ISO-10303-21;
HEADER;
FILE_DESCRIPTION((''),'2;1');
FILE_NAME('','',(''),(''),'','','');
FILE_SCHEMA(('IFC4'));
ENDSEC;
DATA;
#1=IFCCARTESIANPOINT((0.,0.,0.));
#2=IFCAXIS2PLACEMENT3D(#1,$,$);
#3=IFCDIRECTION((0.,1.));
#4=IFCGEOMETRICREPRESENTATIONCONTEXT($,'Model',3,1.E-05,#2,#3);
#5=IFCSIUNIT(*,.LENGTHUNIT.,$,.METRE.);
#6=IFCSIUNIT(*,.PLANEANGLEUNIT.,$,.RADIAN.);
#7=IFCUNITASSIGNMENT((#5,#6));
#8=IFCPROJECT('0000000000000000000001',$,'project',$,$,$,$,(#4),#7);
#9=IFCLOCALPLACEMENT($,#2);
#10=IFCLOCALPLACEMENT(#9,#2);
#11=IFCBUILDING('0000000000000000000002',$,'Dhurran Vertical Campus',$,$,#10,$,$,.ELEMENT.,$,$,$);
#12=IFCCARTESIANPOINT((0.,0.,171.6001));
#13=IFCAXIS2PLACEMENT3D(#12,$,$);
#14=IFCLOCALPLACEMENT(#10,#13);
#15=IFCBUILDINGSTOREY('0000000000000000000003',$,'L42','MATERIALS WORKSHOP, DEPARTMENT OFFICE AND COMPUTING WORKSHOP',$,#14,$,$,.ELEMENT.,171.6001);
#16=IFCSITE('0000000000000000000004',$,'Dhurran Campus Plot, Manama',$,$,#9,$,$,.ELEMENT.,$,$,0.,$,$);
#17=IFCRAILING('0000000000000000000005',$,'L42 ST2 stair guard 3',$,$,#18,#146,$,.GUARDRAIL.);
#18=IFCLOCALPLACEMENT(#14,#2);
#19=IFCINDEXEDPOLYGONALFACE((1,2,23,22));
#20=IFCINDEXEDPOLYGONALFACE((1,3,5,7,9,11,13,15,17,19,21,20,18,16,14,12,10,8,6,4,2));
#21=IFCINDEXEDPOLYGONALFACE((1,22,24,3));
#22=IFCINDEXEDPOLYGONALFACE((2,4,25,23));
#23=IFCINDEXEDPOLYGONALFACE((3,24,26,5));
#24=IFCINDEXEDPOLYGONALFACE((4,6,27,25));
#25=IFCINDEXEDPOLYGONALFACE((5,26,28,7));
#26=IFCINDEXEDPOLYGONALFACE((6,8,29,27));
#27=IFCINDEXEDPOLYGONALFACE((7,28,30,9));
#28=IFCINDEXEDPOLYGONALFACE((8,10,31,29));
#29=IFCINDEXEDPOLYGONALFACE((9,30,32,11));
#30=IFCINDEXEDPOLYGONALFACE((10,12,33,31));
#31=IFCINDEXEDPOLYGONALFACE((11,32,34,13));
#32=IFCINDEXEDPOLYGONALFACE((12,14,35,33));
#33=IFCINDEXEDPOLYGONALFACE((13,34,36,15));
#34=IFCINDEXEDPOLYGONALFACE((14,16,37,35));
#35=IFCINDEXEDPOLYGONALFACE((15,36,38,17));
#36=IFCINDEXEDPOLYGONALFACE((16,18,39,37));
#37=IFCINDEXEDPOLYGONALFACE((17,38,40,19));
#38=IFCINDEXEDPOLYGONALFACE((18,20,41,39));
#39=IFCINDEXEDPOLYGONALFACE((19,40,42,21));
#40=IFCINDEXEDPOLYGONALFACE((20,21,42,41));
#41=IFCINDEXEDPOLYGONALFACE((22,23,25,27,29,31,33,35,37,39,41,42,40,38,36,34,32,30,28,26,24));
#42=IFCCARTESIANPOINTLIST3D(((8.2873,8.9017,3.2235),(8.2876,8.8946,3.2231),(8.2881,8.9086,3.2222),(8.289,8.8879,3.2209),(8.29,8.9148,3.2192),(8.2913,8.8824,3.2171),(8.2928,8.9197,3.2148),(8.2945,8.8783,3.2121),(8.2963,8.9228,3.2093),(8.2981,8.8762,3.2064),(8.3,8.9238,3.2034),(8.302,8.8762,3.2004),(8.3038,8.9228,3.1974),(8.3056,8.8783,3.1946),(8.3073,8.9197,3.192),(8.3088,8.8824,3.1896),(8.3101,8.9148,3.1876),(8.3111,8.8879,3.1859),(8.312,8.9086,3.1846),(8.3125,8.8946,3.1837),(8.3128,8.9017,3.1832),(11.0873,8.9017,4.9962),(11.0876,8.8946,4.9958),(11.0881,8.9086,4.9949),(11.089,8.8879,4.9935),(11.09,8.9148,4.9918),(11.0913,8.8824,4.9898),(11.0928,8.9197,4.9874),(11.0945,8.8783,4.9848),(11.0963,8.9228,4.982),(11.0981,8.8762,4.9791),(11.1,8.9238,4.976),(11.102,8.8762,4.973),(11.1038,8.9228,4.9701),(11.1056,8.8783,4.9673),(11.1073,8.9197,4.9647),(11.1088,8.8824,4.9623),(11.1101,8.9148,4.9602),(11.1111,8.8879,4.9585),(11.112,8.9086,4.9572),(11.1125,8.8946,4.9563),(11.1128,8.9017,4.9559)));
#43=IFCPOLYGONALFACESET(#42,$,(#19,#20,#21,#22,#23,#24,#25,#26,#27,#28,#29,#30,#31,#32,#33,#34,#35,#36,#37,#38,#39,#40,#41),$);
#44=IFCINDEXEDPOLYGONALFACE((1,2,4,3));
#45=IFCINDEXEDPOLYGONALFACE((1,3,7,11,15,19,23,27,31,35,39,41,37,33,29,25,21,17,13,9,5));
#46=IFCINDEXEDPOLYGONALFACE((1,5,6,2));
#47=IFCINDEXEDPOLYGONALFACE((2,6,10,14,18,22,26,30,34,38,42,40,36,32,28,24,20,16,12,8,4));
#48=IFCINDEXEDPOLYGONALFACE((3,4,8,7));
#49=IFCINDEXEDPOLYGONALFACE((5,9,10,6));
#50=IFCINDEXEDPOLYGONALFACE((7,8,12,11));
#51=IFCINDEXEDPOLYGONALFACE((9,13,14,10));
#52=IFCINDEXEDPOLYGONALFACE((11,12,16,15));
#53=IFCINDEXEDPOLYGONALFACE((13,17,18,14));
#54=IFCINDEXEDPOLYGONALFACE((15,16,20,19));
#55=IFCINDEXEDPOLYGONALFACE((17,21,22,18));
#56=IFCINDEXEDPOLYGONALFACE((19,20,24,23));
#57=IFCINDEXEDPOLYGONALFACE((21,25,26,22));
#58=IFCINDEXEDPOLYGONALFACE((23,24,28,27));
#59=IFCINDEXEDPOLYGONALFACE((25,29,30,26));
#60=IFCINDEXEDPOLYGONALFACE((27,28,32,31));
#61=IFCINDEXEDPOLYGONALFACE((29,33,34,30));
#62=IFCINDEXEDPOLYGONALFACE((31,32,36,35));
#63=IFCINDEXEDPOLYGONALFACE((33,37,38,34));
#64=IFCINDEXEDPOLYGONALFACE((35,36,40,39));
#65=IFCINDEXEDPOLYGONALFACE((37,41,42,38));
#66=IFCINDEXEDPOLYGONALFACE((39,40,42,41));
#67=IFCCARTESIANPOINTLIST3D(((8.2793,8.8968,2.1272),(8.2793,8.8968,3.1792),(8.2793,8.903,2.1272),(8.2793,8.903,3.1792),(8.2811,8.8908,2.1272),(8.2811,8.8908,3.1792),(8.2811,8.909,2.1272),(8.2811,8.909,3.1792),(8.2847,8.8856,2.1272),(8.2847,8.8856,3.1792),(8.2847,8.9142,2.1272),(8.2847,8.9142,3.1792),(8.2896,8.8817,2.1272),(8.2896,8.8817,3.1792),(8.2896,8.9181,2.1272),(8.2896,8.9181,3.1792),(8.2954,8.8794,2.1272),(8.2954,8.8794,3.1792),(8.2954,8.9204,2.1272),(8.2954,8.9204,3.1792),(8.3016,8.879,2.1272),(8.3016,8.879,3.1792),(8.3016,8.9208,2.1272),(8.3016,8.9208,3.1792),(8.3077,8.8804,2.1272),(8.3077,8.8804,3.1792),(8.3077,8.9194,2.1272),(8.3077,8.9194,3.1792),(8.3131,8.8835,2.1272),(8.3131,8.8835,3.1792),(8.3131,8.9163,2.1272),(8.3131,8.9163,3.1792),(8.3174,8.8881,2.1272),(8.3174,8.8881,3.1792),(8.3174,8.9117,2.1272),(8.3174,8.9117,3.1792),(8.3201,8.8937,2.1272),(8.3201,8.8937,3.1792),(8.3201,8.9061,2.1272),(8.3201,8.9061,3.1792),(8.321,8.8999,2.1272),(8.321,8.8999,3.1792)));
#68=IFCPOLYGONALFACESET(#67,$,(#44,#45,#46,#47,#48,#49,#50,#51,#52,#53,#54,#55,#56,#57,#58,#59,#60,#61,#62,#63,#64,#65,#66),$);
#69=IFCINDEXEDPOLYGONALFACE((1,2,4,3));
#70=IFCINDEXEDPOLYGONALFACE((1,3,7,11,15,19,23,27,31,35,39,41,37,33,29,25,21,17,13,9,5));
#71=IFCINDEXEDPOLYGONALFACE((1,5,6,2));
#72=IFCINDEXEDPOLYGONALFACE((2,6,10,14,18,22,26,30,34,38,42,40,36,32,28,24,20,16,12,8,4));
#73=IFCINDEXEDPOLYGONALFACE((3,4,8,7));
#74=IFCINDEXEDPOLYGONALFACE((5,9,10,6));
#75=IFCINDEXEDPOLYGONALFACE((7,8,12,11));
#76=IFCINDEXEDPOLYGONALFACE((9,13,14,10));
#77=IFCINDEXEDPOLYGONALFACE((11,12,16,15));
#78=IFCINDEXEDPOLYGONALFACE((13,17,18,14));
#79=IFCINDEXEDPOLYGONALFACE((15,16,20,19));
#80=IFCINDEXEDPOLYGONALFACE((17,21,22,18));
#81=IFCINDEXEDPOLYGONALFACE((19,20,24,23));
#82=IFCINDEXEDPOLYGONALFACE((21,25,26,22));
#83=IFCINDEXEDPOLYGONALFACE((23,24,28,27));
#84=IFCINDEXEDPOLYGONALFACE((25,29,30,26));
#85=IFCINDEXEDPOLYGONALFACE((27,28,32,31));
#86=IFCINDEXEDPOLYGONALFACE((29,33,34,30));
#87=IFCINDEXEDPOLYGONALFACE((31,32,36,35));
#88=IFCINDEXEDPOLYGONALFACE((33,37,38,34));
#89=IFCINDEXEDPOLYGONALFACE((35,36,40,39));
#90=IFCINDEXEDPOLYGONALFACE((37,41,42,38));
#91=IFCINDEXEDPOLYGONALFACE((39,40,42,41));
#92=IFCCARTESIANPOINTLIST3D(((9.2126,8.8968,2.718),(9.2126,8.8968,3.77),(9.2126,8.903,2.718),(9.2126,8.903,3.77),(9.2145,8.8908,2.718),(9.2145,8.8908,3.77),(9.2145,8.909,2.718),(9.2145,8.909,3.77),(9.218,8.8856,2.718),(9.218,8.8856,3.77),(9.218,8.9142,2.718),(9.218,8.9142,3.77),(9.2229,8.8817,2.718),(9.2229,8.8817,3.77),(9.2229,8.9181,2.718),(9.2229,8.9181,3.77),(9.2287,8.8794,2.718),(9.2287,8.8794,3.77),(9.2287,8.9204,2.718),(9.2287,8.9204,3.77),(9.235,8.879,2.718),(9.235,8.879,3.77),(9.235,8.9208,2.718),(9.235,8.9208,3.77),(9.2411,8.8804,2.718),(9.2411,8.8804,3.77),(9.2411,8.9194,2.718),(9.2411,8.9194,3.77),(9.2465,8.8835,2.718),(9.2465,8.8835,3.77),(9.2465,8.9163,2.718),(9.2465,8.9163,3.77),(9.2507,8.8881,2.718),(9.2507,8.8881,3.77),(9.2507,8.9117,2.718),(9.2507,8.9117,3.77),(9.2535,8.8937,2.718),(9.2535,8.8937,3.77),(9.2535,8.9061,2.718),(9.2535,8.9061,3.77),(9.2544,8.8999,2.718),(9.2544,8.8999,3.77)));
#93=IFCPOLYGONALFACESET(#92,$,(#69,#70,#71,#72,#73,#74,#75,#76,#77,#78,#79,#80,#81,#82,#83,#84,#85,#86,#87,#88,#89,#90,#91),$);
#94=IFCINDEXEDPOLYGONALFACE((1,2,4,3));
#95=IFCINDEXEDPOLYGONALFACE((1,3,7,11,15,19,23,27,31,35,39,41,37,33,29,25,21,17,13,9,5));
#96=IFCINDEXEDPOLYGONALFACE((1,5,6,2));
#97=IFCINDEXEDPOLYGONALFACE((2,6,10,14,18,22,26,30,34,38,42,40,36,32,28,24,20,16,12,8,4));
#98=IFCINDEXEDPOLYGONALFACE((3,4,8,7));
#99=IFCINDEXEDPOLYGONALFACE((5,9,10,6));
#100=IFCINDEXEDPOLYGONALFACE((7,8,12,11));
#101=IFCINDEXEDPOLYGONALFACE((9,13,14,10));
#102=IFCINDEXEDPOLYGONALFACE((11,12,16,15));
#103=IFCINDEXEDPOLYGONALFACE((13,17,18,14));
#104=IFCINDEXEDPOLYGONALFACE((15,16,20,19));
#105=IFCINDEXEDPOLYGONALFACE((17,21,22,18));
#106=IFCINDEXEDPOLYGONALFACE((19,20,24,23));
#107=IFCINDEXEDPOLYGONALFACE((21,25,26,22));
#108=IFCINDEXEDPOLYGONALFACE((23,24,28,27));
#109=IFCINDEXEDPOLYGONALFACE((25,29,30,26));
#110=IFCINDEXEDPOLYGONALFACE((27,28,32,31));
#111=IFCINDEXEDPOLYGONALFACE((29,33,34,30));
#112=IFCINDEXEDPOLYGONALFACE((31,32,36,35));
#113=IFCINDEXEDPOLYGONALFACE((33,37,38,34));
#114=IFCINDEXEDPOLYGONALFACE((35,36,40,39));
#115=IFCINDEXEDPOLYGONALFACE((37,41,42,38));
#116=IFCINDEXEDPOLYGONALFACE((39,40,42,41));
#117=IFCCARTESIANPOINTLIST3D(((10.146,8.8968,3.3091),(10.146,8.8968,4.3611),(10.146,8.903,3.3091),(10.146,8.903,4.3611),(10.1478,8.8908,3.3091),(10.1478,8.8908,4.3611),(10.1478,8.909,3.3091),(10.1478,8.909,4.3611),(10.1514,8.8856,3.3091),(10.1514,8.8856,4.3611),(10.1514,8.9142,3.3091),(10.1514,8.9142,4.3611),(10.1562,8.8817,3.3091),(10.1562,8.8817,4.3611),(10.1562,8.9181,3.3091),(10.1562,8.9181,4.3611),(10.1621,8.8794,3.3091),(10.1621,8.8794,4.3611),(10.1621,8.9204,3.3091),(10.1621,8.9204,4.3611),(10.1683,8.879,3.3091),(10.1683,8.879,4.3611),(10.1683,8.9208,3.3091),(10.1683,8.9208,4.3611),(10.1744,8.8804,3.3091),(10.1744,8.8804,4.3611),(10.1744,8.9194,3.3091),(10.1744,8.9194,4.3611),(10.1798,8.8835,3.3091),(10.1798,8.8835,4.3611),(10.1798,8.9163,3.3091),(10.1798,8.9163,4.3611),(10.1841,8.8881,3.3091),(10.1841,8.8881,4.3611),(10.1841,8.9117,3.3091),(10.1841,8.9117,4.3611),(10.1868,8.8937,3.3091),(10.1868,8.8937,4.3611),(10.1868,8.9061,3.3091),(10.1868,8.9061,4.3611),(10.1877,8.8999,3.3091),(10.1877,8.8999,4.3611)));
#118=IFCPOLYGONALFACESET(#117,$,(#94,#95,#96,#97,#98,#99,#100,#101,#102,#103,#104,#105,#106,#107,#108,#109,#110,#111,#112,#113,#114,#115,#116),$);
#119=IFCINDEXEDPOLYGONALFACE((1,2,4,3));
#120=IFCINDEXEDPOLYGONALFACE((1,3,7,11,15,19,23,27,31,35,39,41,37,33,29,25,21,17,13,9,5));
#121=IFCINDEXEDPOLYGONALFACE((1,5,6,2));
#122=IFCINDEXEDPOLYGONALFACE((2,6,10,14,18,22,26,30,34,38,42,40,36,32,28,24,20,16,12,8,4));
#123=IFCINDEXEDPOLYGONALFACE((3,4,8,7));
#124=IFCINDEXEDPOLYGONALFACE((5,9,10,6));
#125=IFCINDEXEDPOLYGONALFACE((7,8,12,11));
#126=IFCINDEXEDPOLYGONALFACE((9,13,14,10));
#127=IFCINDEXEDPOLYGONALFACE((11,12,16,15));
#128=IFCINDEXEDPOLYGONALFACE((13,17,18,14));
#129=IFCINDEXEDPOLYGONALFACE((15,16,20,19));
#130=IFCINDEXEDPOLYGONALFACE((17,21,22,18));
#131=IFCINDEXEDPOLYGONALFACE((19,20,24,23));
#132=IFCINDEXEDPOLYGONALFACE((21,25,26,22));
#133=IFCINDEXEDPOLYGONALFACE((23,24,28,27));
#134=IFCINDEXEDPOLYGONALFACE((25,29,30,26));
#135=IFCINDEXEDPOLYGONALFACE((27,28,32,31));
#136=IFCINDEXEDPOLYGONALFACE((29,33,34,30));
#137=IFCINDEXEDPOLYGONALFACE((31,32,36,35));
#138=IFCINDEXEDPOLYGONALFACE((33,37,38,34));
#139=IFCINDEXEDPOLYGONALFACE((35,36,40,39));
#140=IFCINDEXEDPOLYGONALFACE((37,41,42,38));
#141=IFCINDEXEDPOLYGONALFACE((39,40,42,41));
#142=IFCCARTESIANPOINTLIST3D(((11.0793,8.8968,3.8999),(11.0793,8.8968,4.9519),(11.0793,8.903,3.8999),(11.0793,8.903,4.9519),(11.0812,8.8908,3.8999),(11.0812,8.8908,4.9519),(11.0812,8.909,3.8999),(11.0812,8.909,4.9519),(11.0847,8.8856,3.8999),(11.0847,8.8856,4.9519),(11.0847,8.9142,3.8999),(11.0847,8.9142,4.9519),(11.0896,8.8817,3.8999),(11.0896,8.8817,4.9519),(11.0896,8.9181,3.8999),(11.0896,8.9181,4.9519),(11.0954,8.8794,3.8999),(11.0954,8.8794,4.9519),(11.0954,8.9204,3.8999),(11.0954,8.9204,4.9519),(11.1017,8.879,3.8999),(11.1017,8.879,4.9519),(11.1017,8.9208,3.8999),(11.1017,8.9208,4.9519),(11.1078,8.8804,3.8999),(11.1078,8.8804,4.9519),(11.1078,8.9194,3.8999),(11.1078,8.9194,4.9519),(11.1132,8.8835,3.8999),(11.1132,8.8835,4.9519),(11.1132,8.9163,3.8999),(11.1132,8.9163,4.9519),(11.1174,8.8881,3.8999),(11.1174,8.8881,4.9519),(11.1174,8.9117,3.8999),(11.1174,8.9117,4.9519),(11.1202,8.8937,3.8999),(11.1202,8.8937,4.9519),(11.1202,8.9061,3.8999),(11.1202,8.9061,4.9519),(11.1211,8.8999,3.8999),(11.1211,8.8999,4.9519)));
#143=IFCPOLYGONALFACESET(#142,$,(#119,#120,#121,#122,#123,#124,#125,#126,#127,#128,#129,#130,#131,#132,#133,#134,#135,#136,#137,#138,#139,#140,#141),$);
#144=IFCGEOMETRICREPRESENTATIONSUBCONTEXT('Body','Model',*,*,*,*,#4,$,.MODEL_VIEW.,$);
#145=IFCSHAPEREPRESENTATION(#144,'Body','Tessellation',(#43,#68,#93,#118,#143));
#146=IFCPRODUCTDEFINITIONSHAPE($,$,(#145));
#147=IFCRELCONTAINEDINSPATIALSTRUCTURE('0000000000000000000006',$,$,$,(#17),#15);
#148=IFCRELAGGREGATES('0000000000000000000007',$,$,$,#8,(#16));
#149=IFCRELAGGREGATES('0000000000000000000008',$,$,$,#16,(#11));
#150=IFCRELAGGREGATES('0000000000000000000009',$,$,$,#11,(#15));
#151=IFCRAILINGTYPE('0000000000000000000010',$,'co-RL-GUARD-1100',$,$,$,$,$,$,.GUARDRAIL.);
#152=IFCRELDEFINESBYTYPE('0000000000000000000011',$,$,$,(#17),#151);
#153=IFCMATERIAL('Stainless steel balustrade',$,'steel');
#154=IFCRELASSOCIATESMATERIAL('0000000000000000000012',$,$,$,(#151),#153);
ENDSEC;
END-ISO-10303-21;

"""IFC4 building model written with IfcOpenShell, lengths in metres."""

from ifc_helpers import new_model, si_unit, direction, frame, origin, origin_2d, place, context, subcontext, project, spatial, circle, extrude, material, type_object, element, save


model = new_model("IFC4")

# Units and contexts
model_context = context("Model", 3, precision=1e-05, world=origin(), true_north=direction((0.0, 1.0)))
body_context = subcontext(model_context, "Body", "Model", "MODEL_VIEW")
ifc_project = project(units=[si_unit("LENGTHUNIT", "METRE"), si_unit("PLANEANGLEUNIT", "RADIAN")], contexts=[model_context])

# Site, building, storey
site_placement = place(None, origin())
site = spatial("IfcSite", under=ifc_project, at=site_placement, Name="Dhurran Campus Plot, Manama", CompositionType="ELEMENT", RefElevation=0.0)
building_placement = place(site_placement, origin())
building = spatial("IfcBuilding", under=site, at=building_placement, Name="Dhurran Vertical Campus", CompositionType="ELEMENT")
storey_placement = place(building_placement, frame((0.0, 0.0, 171.6001)))
storey = spatial("IfcBuildingStorey", under=building, at=storey_placement, Name="L42", Description="MATERIALS WORKSHOP, DEPARTMENT OFFICE AND COMPUTING WORKSHOP", CompositionType="ELEMENT", Elevation=171.6001)

# Railing
ifc_material_1 = material(Name="Stainless steel balustrade", Category="steel")
railing_type_1 = type_object("IfcRailingType", Name="co-RL-GUARD-1100", PredefinedType="GUARDRAIL", material=ifc_material_1)
railing_1_placement = place(storey_placement, frame((8.3, 8.8999, 2.1272)))
element("IfcRailing", 1, at=railing_1_placement, inside=storey, type_object=railing_type_1, Name="L42 ST2 stair guard 3", PredefinedType="GUARDRAIL", context=body_context, shape_type="SweptSolid", body=[
    extrude(circle(Radius=0.0239, at=origin_2d()), frame((0.0, 0.0, 1.0762), z_axis=(0.844909, 0.0, 0.53491), x_axis=(0.0, 1.0, 0.0)), (0.0, 0.0, 1.0), 3.314),
    extrude(circle(Radius=0.021, at=origin_2d()), origin(), (0.0, 0.0, 1.0), 1.052),
    extrude(circle(Radius=0.021, at=origin_2d()), frame((0.9333, 0.0, 0.5908)), (0.0, 0.0, 1.0), 1.052),
    extrude(circle(Radius=0.021, at=origin_2d()), frame((1.8667, 0.0, 1.1819)), (0.0, 0.0, 1.0), 1.052),
    extrude(circle(Radius=0.021, at=origin_2d()), frame((2.8, 0.0, 1.7727)), (0.0, 0.0, 1.0), 1.052),
])

save(model, "model.ifc")
